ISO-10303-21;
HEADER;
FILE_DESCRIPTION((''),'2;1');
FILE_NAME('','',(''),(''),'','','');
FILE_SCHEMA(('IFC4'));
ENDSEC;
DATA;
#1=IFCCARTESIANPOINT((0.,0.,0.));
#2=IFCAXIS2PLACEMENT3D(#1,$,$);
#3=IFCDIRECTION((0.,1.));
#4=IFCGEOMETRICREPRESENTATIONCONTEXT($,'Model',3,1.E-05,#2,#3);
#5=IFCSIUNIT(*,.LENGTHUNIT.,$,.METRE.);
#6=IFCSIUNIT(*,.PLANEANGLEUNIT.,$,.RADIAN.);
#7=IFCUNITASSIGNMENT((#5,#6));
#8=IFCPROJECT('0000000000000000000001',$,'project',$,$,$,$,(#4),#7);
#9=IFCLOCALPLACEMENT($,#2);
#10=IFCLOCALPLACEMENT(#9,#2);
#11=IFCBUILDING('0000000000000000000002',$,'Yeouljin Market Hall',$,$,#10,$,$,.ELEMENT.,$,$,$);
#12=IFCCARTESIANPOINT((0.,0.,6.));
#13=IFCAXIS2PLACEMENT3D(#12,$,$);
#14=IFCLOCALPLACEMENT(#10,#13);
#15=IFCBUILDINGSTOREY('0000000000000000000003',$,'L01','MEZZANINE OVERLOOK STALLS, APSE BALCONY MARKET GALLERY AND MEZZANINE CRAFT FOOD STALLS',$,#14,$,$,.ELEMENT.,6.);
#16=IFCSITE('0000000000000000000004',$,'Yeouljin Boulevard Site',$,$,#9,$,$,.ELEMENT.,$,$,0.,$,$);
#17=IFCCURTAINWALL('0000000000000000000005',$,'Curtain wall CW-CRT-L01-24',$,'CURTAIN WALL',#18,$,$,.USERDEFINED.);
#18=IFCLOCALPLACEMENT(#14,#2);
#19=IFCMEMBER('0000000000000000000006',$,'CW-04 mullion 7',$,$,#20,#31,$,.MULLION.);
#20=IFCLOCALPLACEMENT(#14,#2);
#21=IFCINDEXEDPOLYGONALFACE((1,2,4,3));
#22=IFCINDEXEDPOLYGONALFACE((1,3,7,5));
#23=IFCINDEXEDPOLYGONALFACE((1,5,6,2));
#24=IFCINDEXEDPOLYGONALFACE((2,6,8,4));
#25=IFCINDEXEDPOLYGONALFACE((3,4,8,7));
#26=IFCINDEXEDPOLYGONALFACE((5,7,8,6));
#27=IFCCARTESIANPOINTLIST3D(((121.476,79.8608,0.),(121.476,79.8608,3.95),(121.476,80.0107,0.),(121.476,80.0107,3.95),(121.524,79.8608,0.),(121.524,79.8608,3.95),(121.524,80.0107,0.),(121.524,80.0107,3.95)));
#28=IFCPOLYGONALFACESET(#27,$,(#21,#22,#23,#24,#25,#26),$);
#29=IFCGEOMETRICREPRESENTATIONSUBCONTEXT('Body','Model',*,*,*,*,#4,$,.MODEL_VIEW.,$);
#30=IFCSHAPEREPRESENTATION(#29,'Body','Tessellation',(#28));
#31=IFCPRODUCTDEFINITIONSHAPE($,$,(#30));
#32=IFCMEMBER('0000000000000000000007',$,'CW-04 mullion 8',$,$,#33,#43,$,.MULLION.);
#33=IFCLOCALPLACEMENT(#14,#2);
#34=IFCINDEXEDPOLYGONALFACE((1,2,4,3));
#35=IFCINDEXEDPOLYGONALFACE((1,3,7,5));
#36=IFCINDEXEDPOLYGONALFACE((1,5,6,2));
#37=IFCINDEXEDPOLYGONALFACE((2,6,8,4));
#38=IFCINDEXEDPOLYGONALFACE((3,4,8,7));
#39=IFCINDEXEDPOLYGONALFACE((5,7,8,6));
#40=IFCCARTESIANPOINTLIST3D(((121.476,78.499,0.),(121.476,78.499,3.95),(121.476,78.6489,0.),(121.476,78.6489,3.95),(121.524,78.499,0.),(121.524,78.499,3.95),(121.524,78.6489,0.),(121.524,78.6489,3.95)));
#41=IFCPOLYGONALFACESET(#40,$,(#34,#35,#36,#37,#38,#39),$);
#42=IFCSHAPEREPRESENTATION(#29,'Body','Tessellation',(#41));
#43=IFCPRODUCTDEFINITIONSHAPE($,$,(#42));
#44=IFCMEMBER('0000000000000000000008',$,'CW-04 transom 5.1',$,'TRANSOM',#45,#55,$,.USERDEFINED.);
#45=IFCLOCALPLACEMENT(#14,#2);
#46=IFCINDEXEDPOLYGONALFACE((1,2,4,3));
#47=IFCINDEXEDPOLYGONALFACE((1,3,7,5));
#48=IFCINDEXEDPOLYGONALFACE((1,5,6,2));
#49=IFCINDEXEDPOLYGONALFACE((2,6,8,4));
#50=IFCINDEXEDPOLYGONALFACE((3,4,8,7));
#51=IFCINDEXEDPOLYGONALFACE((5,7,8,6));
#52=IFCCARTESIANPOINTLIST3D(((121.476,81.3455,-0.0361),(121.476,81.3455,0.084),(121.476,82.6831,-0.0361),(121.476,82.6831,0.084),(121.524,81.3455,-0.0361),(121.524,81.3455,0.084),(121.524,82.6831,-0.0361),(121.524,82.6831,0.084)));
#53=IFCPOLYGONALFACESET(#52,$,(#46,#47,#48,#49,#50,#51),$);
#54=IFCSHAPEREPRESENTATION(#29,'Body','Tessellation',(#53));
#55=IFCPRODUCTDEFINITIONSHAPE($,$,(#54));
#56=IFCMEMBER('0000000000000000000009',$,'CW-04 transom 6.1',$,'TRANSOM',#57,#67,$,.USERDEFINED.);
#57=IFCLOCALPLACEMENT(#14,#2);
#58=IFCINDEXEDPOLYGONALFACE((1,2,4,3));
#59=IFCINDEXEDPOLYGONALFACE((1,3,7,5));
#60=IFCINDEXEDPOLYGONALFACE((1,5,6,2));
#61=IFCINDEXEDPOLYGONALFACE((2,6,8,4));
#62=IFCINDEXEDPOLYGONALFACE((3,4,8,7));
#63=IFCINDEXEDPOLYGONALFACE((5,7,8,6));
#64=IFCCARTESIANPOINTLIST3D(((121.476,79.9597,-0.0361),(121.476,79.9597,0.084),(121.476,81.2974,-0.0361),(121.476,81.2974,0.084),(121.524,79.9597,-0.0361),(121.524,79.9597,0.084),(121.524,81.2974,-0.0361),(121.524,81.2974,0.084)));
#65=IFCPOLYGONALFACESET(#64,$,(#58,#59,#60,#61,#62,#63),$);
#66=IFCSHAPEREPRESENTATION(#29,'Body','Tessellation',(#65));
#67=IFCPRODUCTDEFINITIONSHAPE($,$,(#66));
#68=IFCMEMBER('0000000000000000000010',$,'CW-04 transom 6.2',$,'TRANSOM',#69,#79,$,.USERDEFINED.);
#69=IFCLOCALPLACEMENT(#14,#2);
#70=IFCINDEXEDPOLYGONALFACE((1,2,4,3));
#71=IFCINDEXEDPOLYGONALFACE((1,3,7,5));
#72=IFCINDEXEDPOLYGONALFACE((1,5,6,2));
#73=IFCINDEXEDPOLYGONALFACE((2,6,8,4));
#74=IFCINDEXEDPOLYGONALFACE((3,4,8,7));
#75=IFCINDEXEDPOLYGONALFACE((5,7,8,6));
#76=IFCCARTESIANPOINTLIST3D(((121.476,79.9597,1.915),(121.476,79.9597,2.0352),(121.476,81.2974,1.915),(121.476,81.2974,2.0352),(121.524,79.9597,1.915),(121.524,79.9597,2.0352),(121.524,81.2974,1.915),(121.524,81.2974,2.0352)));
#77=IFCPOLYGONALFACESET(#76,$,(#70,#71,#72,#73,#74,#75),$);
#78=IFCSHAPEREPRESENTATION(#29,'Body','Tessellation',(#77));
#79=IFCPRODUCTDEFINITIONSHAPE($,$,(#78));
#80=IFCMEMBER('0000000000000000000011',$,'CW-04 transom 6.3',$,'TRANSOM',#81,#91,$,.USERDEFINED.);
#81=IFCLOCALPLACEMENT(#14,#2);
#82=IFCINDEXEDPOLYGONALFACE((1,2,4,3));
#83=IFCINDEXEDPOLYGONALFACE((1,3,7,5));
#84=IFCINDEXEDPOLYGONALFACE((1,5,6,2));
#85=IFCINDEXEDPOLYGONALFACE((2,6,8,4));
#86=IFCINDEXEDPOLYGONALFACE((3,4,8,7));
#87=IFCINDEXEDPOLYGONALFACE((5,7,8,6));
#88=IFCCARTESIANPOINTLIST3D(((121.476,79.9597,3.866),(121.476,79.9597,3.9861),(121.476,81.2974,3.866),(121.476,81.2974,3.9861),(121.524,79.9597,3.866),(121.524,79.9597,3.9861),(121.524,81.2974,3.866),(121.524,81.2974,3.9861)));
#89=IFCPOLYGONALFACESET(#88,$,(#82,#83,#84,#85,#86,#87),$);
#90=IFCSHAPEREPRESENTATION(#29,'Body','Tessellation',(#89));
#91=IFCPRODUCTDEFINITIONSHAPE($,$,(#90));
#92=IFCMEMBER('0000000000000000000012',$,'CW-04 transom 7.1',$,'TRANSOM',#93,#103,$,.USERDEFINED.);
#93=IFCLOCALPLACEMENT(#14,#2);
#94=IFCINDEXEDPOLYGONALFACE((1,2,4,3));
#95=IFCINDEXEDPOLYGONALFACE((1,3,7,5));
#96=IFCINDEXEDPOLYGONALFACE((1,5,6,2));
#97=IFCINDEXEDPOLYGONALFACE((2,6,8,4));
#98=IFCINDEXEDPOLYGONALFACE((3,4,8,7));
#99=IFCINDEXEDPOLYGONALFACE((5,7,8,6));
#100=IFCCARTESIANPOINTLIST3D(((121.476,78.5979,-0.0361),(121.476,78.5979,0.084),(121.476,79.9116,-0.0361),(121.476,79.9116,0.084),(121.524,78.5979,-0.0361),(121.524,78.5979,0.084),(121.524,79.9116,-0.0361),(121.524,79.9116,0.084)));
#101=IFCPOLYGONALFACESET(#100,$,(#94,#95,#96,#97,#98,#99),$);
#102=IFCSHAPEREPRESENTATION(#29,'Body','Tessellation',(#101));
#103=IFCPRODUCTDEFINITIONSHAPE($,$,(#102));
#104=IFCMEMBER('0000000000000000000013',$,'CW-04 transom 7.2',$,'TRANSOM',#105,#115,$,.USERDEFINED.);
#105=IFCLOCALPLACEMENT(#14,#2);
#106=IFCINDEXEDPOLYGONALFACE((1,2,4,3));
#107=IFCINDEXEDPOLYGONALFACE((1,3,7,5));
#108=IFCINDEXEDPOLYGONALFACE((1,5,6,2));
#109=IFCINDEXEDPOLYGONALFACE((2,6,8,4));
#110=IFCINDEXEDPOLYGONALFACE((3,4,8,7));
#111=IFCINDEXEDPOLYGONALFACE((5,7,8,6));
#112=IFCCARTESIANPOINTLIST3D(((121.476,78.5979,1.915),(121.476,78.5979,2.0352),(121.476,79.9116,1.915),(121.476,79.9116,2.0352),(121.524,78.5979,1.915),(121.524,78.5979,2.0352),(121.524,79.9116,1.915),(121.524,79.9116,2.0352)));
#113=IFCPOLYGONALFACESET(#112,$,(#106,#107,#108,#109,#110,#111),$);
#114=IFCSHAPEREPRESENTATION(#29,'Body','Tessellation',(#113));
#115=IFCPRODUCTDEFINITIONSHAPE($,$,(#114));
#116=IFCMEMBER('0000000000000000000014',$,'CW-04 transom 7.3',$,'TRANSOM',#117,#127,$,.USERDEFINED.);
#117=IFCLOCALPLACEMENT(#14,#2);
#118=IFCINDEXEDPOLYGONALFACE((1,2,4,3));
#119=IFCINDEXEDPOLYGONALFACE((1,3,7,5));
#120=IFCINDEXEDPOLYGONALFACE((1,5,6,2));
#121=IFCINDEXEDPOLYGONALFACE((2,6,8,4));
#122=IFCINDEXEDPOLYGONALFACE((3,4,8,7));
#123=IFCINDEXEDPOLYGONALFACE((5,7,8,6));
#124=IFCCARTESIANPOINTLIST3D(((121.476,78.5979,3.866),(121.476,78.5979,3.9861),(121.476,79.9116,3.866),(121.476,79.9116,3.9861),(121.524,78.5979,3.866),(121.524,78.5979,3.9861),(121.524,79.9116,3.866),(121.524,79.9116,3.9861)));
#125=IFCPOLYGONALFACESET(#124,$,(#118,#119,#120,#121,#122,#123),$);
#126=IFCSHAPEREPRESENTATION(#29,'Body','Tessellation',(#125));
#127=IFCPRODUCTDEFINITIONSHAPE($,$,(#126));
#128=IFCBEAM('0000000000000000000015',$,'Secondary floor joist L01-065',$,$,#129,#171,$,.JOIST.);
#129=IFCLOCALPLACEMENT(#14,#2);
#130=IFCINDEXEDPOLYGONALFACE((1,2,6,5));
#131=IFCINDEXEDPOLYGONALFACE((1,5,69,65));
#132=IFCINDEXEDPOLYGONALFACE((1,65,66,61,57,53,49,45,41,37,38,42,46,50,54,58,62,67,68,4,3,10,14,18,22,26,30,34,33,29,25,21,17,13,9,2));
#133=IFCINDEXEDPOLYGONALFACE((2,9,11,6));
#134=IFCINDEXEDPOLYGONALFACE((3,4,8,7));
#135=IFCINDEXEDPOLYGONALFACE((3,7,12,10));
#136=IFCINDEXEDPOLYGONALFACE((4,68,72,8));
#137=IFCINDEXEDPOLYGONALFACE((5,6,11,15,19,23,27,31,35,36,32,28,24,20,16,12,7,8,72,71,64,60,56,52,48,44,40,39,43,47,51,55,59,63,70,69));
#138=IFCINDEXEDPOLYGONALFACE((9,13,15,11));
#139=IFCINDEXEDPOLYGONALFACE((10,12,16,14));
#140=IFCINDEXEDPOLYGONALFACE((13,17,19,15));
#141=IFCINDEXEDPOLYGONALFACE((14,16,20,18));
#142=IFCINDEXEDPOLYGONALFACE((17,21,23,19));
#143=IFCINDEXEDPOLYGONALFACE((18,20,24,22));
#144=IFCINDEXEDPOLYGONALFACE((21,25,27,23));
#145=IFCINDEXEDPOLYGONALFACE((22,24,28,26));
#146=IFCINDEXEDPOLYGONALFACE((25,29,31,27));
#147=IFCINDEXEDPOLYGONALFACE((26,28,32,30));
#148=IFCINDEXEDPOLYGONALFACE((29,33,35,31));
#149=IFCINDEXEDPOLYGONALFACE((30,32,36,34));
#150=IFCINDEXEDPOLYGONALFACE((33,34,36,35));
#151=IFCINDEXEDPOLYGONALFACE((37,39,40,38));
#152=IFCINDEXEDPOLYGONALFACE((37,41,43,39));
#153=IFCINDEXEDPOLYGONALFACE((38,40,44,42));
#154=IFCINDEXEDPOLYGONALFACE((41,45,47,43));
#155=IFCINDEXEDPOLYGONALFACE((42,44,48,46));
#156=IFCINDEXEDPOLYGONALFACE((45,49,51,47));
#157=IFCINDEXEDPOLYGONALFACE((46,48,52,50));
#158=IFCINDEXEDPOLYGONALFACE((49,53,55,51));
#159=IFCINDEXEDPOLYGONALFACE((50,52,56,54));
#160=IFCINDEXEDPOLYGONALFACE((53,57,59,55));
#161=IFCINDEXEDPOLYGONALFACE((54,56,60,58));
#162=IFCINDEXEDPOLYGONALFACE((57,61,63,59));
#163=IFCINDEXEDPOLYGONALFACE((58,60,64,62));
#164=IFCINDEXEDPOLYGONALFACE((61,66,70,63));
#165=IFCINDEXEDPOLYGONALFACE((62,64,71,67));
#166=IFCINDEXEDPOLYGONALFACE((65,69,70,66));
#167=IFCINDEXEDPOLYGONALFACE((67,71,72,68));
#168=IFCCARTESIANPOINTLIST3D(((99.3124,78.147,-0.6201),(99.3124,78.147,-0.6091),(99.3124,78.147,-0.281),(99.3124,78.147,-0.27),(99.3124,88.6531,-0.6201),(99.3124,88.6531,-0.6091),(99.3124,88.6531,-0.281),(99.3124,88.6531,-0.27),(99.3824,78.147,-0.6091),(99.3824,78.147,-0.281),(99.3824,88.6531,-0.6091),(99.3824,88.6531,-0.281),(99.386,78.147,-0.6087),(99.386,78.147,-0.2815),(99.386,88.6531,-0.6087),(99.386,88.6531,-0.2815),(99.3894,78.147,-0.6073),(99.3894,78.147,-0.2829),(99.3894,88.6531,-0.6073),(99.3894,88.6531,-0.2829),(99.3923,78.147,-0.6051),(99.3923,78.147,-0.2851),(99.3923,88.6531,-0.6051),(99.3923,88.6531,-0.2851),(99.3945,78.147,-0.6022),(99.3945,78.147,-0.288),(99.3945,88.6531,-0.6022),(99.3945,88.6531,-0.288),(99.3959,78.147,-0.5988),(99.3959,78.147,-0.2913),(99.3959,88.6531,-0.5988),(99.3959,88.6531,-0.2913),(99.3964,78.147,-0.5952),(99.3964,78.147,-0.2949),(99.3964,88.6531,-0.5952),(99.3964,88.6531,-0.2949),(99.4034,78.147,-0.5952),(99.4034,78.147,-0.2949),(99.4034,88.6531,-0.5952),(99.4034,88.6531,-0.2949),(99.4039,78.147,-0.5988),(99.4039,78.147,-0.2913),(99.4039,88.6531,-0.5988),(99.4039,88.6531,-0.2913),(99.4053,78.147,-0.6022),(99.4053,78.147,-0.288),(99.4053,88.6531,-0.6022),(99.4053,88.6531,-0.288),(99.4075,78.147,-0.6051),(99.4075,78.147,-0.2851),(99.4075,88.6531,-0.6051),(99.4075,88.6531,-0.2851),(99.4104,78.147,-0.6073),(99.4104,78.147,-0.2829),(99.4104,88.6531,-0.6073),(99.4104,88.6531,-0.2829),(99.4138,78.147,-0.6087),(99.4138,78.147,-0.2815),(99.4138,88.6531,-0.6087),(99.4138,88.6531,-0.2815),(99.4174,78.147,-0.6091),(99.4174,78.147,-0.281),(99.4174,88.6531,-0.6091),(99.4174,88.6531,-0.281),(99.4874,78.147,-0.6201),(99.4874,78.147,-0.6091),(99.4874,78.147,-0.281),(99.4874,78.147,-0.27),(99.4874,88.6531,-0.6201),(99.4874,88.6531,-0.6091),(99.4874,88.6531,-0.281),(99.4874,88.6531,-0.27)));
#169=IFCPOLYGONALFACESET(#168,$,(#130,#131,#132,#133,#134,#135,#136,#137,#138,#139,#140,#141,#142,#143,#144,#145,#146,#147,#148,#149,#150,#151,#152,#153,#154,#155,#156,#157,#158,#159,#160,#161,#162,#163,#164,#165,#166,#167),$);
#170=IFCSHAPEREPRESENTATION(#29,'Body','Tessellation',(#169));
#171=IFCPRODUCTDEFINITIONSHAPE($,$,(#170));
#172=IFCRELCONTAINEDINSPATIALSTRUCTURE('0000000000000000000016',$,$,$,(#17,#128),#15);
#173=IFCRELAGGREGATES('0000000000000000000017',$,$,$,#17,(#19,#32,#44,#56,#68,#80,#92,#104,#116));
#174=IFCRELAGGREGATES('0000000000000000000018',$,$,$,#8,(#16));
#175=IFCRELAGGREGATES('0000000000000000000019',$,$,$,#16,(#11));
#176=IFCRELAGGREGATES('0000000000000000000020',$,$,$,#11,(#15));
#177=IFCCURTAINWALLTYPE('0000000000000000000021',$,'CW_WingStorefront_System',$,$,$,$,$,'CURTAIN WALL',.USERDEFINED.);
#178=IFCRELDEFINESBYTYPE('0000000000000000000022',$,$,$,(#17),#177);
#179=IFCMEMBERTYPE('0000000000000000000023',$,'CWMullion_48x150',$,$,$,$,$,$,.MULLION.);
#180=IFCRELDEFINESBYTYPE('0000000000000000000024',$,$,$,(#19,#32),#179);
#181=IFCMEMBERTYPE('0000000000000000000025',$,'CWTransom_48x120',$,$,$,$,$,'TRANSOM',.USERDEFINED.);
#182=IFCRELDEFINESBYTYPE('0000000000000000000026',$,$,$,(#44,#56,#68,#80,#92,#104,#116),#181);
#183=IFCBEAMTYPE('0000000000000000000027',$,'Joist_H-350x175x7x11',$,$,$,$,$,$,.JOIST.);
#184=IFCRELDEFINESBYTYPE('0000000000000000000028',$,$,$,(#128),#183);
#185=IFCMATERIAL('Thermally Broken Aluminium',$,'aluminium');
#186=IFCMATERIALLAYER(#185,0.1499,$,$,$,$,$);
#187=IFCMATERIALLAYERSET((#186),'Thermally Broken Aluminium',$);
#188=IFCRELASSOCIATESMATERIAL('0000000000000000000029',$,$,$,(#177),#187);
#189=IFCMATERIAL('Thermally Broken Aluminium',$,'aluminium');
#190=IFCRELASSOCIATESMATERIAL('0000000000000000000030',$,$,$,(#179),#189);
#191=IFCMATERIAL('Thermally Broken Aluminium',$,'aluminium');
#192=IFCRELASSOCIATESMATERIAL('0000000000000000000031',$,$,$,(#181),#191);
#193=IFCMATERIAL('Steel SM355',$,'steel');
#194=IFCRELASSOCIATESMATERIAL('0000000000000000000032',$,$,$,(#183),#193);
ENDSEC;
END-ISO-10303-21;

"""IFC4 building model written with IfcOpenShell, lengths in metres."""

from ifc_helpers import new_model, si_unit, direction, frame, origin, origin_2d, place, context, subcontext, project, spatial, rectangle, i_section, extrude, material, layer, layer_set, material_profile, profile_set, type_object, element, aggregate, save


model = new_model("IFC4")

# Units and contexts
model_context = context("Model", 3, precision=1e-05, world=origin(), true_north=direction((0.0, 1.0)))
body_context = subcontext(model_context, "Body", "Model", "MODEL_VIEW")
ifc_project = project(units=[si_unit("LENGTHUNIT", "METRE"), si_unit("PLANEANGLEUNIT", "RADIAN")], contexts=[model_context])

# Site, building, storey
site_placement = place(None, origin())
site = spatial("IfcSite", under=ifc_project, at=site_placement, Name="Yeouljin Boulevard Site", CompositionType="ELEMENT", RefElevation=0.0)
building_placement = place(site_placement, origin())
building = spatial("IfcBuilding", under=site, at=building_placement, Name="Yeouljin Market Hall", CompositionType="ELEMENT")
storey_placement = place(building_placement, frame((0.0, 0.0, 6.0)))
storey = spatial("IfcBuildingStorey", under=building, at=storey_placement, Name="L01", Description="MEZZANINE OVERLOOK STALLS, APSE BALCONY MARKET GALLERY AND MEZZANINE CRAFT FOOD STALLS", CompositionType="ELEMENT", Elevation=6.0)

# Curtain wall, members
ifc_material_1 = material(Name="Thermally Broken Aluminium", Category="aluminium")
ifc_layer_1 = layer(ifc_material_1, 0.1499)
ifc_layer_set_1 = layer_set([ifc_layer_1], Name="Thermally Broken Aluminium")
curtain_wall_type = type_object("IfcCurtainWallType", Name="CW_WingStorefront_System", ElementType="CURTAIN WALL", PredefinedType="USERDEFINED", material=ifc_layer_set_1)
curtain_wall_placement = place(storey_placement, origin())
curtain_wall = element("IfcCurtainWall", 1, at=curtain_wall_placement, inside=storey, type_object=curtain_wall_type, Name="Curtain wall CW-CRT-L01-24", ObjectType="CURTAIN WALL", PredefinedType="USERDEFINED")
ifc_material_2 = material(Name="Thermally Broken Aluminium", Category="aluminium")
ifc_material_profile_1 = material_profile(ifc_material_2, rectangle(XDim=0.0481, YDim=0.1499, at=origin_2d()), Name="CW-MULL-48x150")
ifc_profile_set_1 = profile_set([ifc_material_profile_1], Name="Thermally Broken Aluminium")
member_type_1 = type_object("IfcMemberType", Name="CWMullion_48x150", PredefinedType="MULLION", material=ifc_profile_set_1)
member_1_placement = place(storey_placement, frame((121.5, 79.9358, 0.0), z_axis=(0.0, 0.0, 1.0), x_axis=(1.0, 0.0, 0.0)))
member_1 = element("IfcMember", 2, at=member_1_placement, type_object=member_type_1, Name="CW-04 mullion 7", PredefinedType="MULLION", context=body_context, shape_type="SweptSolid", body=[
    extrude(rectangle(XDim=0.0481, YDim=0.1499, at=origin_2d()), origin(), (0.0, 0.0, 1.0), 3.95),
])
member_2_placement = place(storey_placement, frame((121.5, 78.574, 0.0), z_axis=(0.0, 0.0, 1.0), x_axis=(1.0, 0.0, 0.0)))
member_2 = element("IfcMember", 3, at=member_2_placement, type_object=member_type_1, Name="CW-04 mullion 8", PredefinedType="MULLION", context=body_context, shape_type="SweptSolid", body=[
    extrude(rectangle(XDim=0.0481, YDim=0.1499, at=origin_2d()), origin(), (0.0, 0.0, 1.0), 3.95),
])
ifc_material_3 = material(Name="Thermally Broken Aluminium", Category="aluminium")
ifc_material_profile_2 = material_profile(ifc_material_3, rectangle(XDim=0.0481, YDim=0.1201, at=origin_2d()), Name="CW-TRAN-48x120")
ifc_profile_set_2 = profile_set([ifc_material_profile_2], Name="Thermally Broken Aluminium")
member_type_2 = type_object("IfcMemberType", Name="CWTransom_48x120", ElementType="TRANSOM", PredefinedType="USERDEFINED", material=ifc_profile_set_2)
member_3_placement = place(storey_placement, frame((121.5, 82.6831, 0.0239), z_axis=(0.0, -1.0, 0.0), x_axis=(1.0, 0.0, 0.0)))
member_3 = element("IfcMember", 4, at=member_3_placement, type_object=member_type_2, Name="CW-04 transom 5.1", ObjectType="TRANSOM", PredefinedType="USERDEFINED", context=body_context, shape_type="SweptSolid", body=[
    extrude(rectangle(XDim=0.0481, YDim=0.1201, at=origin_2d()), origin(), (0.0, 0.0, 1.0), 1.3376),
])
member_4_placement = place(storey_placement, frame((121.5, 81.2974, 0.0239), z_axis=(0.0, -1.0, 0.0), x_axis=(1.0, 0.0, 0.0)))
member_4 = element("IfcMember", 5, at=member_4_placement, type_object=member_type_2, Name="CW-04 transom 6.1", ObjectType="TRANSOM", PredefinedType="USERDEFINED", context=body_context, shape_type="SweptSolid", body=[
    extrude(rectangle(XDim=0.0481, YDim=0.1201, at=origin_2d()), origin(), (0.0, 0.0, 1.0), 1.3376),
])
member_5_placement = place(storey_placement, frame((121.5, 81.2974, 1.9751), z_axis=(0.0, -1.0, 0.0), x_axis=(1.0, 0.0, 0.0)))
member_5 = element("IfcMember", 6, at=member_5_placement, type_object=member_type_2, Name="CW-04 transom 6.2", ObjectType="TRANSOM", PredefinedType="USERDEFINED", context=body_context, shape_type="SweptSolid", body=[
    extrude(rectangle(XDim=0.0481, YDim=0.1201, at=origin_2d()), origin(), (0.0, 0.0, 1.0), 1.3376),
])
member_6_placement = place(storey_placement, frame((121.5, 81.2974, 3.926), z_axis=(0.0, -1.0, 0.0), x_axis=(1.0, 0.0, 0.0)))
member_6 = element("IfcMember", 7, at=member_6_placement, type_object=member_type_2, Name="CW-04 transom 6.3", ObjectType="TRANSOM", PredefinedType="USERDEFINED", context=body_context, shape_type="SweptSolid", body=[
    extrude(rectangle(XDim=0.0481, YDim=0.1201, at=origin_2d()), origin(), (0.0, 0.0, 1.0), 1.3376),
])
member_7_placement = place(storey_placement, frame((121.5, 79.9116, 0.0239), z_axis=(0.0, -1.0, 0.0), x_axis=(1.0, 0.0, 0.0)))
member_7 = element("IfcMember", 8, at=member_7_placement, type_object=member_type_2, Name="CW-04 transom 7.1", ObjectType="TRANSOM", PredefinedType="USERDEFINED", context=body_context, shape_type="SweptSolid", body=[
    extrude(rectangle(XDim=0.0481, YDim=0.1201, at=origin_2d()), origin(), (0.0, 0.0, 1.0), 1.3137),
])
member_8_placement = place(storey_placement, frame((121.5, 79.9116, 1.9751), z_axis=(0.0, -1.0, 0.0), x_axis=(1.0, 0.0, 0.0)))
member_8 = element("IfcMember", 9, at=member_8_placement, type_object=member_type_2, Name="CW-04 transom 7.2", ObjectType="TRANSOM", PredefinedType="USERDEFINED", context=body_context, shape_type="SweptSolid", body=[
    extrude(rectangle(XDim=0.0481, YDim=0.1201, at=origin_2d()), origin(), (0.0, 0.0, 1.0), 1.3137),
])
member_9_placement = place(storey_placement, frame((121.5, 79.9116, 3.926), z_axis=(0.0, -1.0, 0.0), x_axis=(1.0, 0.0, 0.0)))
member_9 = element("IfcMember", 10, at=member_9_placement, type_object=member_type_2, Name="CW-04 transom 7.3", ObjectType="TRANSOM", PredefinedType="USERDEFINED", context=body_context, shape_type="SweptSolid", body=[
    extrude(rectangle(XDim=0.0481, YDim=0.1201, at=origin_2d()), origin(), (0.0, 0.0, 1.0), 1.3137),
])

# Beam
ifc_material_4 = material(Name="Steel SM355", Category="steel")
ifc_material_profile_3 = material_profile(ifc_material_4, i_section(OverallWidth=0.175, OverallDepth=0.3501, WebThickness=0.0071, FlangeThickness=0.011, FilletRadius=0.0139, at=origin_2d()), Name="H-350x175x7x11")
ifc_profile_set_3 = profile_set([ifc_material_profile_3], Name="Steel SM355")
beam_type_1 = type_object("IfcBeamType", Name="Joist_H-350x175x7x11", PredefinedType="JOIST", material=ifc_profile_set_3)
for number, where, z_axis, x_axis, name in (
    (11, (99.3999, 78.147, -0.4451), (0.0, 1.0, 0.0), (-1.0, 0.0, 0.0), "Secondary floor joist L01-065"),
):
    element("IfcBeam", number, at=place(storey_placement, frame(where, z_axis=z_axis, x_axis=x_axis)), inside=storey, type_object=beam_type_1, Name=name, PredefinedType="JOIST", context=body_context, shape_type="SweptSolid", body=[
        extrude(i_section(OverallWidth=0.175, OverallDepth=0.3501, WebThickness=0.0071, FlangeThickness=0.011, FilletRadius=0.0139, at=origin_2d()), origin(), (0.0, 0.0, 1.0), 10.5061),
    ])

aggregate(curtain_wall, [member_1, member_2, member_3, member_4, member_5, member_6, member_7, member_8, member_9])

save(model, "model.ifc")
